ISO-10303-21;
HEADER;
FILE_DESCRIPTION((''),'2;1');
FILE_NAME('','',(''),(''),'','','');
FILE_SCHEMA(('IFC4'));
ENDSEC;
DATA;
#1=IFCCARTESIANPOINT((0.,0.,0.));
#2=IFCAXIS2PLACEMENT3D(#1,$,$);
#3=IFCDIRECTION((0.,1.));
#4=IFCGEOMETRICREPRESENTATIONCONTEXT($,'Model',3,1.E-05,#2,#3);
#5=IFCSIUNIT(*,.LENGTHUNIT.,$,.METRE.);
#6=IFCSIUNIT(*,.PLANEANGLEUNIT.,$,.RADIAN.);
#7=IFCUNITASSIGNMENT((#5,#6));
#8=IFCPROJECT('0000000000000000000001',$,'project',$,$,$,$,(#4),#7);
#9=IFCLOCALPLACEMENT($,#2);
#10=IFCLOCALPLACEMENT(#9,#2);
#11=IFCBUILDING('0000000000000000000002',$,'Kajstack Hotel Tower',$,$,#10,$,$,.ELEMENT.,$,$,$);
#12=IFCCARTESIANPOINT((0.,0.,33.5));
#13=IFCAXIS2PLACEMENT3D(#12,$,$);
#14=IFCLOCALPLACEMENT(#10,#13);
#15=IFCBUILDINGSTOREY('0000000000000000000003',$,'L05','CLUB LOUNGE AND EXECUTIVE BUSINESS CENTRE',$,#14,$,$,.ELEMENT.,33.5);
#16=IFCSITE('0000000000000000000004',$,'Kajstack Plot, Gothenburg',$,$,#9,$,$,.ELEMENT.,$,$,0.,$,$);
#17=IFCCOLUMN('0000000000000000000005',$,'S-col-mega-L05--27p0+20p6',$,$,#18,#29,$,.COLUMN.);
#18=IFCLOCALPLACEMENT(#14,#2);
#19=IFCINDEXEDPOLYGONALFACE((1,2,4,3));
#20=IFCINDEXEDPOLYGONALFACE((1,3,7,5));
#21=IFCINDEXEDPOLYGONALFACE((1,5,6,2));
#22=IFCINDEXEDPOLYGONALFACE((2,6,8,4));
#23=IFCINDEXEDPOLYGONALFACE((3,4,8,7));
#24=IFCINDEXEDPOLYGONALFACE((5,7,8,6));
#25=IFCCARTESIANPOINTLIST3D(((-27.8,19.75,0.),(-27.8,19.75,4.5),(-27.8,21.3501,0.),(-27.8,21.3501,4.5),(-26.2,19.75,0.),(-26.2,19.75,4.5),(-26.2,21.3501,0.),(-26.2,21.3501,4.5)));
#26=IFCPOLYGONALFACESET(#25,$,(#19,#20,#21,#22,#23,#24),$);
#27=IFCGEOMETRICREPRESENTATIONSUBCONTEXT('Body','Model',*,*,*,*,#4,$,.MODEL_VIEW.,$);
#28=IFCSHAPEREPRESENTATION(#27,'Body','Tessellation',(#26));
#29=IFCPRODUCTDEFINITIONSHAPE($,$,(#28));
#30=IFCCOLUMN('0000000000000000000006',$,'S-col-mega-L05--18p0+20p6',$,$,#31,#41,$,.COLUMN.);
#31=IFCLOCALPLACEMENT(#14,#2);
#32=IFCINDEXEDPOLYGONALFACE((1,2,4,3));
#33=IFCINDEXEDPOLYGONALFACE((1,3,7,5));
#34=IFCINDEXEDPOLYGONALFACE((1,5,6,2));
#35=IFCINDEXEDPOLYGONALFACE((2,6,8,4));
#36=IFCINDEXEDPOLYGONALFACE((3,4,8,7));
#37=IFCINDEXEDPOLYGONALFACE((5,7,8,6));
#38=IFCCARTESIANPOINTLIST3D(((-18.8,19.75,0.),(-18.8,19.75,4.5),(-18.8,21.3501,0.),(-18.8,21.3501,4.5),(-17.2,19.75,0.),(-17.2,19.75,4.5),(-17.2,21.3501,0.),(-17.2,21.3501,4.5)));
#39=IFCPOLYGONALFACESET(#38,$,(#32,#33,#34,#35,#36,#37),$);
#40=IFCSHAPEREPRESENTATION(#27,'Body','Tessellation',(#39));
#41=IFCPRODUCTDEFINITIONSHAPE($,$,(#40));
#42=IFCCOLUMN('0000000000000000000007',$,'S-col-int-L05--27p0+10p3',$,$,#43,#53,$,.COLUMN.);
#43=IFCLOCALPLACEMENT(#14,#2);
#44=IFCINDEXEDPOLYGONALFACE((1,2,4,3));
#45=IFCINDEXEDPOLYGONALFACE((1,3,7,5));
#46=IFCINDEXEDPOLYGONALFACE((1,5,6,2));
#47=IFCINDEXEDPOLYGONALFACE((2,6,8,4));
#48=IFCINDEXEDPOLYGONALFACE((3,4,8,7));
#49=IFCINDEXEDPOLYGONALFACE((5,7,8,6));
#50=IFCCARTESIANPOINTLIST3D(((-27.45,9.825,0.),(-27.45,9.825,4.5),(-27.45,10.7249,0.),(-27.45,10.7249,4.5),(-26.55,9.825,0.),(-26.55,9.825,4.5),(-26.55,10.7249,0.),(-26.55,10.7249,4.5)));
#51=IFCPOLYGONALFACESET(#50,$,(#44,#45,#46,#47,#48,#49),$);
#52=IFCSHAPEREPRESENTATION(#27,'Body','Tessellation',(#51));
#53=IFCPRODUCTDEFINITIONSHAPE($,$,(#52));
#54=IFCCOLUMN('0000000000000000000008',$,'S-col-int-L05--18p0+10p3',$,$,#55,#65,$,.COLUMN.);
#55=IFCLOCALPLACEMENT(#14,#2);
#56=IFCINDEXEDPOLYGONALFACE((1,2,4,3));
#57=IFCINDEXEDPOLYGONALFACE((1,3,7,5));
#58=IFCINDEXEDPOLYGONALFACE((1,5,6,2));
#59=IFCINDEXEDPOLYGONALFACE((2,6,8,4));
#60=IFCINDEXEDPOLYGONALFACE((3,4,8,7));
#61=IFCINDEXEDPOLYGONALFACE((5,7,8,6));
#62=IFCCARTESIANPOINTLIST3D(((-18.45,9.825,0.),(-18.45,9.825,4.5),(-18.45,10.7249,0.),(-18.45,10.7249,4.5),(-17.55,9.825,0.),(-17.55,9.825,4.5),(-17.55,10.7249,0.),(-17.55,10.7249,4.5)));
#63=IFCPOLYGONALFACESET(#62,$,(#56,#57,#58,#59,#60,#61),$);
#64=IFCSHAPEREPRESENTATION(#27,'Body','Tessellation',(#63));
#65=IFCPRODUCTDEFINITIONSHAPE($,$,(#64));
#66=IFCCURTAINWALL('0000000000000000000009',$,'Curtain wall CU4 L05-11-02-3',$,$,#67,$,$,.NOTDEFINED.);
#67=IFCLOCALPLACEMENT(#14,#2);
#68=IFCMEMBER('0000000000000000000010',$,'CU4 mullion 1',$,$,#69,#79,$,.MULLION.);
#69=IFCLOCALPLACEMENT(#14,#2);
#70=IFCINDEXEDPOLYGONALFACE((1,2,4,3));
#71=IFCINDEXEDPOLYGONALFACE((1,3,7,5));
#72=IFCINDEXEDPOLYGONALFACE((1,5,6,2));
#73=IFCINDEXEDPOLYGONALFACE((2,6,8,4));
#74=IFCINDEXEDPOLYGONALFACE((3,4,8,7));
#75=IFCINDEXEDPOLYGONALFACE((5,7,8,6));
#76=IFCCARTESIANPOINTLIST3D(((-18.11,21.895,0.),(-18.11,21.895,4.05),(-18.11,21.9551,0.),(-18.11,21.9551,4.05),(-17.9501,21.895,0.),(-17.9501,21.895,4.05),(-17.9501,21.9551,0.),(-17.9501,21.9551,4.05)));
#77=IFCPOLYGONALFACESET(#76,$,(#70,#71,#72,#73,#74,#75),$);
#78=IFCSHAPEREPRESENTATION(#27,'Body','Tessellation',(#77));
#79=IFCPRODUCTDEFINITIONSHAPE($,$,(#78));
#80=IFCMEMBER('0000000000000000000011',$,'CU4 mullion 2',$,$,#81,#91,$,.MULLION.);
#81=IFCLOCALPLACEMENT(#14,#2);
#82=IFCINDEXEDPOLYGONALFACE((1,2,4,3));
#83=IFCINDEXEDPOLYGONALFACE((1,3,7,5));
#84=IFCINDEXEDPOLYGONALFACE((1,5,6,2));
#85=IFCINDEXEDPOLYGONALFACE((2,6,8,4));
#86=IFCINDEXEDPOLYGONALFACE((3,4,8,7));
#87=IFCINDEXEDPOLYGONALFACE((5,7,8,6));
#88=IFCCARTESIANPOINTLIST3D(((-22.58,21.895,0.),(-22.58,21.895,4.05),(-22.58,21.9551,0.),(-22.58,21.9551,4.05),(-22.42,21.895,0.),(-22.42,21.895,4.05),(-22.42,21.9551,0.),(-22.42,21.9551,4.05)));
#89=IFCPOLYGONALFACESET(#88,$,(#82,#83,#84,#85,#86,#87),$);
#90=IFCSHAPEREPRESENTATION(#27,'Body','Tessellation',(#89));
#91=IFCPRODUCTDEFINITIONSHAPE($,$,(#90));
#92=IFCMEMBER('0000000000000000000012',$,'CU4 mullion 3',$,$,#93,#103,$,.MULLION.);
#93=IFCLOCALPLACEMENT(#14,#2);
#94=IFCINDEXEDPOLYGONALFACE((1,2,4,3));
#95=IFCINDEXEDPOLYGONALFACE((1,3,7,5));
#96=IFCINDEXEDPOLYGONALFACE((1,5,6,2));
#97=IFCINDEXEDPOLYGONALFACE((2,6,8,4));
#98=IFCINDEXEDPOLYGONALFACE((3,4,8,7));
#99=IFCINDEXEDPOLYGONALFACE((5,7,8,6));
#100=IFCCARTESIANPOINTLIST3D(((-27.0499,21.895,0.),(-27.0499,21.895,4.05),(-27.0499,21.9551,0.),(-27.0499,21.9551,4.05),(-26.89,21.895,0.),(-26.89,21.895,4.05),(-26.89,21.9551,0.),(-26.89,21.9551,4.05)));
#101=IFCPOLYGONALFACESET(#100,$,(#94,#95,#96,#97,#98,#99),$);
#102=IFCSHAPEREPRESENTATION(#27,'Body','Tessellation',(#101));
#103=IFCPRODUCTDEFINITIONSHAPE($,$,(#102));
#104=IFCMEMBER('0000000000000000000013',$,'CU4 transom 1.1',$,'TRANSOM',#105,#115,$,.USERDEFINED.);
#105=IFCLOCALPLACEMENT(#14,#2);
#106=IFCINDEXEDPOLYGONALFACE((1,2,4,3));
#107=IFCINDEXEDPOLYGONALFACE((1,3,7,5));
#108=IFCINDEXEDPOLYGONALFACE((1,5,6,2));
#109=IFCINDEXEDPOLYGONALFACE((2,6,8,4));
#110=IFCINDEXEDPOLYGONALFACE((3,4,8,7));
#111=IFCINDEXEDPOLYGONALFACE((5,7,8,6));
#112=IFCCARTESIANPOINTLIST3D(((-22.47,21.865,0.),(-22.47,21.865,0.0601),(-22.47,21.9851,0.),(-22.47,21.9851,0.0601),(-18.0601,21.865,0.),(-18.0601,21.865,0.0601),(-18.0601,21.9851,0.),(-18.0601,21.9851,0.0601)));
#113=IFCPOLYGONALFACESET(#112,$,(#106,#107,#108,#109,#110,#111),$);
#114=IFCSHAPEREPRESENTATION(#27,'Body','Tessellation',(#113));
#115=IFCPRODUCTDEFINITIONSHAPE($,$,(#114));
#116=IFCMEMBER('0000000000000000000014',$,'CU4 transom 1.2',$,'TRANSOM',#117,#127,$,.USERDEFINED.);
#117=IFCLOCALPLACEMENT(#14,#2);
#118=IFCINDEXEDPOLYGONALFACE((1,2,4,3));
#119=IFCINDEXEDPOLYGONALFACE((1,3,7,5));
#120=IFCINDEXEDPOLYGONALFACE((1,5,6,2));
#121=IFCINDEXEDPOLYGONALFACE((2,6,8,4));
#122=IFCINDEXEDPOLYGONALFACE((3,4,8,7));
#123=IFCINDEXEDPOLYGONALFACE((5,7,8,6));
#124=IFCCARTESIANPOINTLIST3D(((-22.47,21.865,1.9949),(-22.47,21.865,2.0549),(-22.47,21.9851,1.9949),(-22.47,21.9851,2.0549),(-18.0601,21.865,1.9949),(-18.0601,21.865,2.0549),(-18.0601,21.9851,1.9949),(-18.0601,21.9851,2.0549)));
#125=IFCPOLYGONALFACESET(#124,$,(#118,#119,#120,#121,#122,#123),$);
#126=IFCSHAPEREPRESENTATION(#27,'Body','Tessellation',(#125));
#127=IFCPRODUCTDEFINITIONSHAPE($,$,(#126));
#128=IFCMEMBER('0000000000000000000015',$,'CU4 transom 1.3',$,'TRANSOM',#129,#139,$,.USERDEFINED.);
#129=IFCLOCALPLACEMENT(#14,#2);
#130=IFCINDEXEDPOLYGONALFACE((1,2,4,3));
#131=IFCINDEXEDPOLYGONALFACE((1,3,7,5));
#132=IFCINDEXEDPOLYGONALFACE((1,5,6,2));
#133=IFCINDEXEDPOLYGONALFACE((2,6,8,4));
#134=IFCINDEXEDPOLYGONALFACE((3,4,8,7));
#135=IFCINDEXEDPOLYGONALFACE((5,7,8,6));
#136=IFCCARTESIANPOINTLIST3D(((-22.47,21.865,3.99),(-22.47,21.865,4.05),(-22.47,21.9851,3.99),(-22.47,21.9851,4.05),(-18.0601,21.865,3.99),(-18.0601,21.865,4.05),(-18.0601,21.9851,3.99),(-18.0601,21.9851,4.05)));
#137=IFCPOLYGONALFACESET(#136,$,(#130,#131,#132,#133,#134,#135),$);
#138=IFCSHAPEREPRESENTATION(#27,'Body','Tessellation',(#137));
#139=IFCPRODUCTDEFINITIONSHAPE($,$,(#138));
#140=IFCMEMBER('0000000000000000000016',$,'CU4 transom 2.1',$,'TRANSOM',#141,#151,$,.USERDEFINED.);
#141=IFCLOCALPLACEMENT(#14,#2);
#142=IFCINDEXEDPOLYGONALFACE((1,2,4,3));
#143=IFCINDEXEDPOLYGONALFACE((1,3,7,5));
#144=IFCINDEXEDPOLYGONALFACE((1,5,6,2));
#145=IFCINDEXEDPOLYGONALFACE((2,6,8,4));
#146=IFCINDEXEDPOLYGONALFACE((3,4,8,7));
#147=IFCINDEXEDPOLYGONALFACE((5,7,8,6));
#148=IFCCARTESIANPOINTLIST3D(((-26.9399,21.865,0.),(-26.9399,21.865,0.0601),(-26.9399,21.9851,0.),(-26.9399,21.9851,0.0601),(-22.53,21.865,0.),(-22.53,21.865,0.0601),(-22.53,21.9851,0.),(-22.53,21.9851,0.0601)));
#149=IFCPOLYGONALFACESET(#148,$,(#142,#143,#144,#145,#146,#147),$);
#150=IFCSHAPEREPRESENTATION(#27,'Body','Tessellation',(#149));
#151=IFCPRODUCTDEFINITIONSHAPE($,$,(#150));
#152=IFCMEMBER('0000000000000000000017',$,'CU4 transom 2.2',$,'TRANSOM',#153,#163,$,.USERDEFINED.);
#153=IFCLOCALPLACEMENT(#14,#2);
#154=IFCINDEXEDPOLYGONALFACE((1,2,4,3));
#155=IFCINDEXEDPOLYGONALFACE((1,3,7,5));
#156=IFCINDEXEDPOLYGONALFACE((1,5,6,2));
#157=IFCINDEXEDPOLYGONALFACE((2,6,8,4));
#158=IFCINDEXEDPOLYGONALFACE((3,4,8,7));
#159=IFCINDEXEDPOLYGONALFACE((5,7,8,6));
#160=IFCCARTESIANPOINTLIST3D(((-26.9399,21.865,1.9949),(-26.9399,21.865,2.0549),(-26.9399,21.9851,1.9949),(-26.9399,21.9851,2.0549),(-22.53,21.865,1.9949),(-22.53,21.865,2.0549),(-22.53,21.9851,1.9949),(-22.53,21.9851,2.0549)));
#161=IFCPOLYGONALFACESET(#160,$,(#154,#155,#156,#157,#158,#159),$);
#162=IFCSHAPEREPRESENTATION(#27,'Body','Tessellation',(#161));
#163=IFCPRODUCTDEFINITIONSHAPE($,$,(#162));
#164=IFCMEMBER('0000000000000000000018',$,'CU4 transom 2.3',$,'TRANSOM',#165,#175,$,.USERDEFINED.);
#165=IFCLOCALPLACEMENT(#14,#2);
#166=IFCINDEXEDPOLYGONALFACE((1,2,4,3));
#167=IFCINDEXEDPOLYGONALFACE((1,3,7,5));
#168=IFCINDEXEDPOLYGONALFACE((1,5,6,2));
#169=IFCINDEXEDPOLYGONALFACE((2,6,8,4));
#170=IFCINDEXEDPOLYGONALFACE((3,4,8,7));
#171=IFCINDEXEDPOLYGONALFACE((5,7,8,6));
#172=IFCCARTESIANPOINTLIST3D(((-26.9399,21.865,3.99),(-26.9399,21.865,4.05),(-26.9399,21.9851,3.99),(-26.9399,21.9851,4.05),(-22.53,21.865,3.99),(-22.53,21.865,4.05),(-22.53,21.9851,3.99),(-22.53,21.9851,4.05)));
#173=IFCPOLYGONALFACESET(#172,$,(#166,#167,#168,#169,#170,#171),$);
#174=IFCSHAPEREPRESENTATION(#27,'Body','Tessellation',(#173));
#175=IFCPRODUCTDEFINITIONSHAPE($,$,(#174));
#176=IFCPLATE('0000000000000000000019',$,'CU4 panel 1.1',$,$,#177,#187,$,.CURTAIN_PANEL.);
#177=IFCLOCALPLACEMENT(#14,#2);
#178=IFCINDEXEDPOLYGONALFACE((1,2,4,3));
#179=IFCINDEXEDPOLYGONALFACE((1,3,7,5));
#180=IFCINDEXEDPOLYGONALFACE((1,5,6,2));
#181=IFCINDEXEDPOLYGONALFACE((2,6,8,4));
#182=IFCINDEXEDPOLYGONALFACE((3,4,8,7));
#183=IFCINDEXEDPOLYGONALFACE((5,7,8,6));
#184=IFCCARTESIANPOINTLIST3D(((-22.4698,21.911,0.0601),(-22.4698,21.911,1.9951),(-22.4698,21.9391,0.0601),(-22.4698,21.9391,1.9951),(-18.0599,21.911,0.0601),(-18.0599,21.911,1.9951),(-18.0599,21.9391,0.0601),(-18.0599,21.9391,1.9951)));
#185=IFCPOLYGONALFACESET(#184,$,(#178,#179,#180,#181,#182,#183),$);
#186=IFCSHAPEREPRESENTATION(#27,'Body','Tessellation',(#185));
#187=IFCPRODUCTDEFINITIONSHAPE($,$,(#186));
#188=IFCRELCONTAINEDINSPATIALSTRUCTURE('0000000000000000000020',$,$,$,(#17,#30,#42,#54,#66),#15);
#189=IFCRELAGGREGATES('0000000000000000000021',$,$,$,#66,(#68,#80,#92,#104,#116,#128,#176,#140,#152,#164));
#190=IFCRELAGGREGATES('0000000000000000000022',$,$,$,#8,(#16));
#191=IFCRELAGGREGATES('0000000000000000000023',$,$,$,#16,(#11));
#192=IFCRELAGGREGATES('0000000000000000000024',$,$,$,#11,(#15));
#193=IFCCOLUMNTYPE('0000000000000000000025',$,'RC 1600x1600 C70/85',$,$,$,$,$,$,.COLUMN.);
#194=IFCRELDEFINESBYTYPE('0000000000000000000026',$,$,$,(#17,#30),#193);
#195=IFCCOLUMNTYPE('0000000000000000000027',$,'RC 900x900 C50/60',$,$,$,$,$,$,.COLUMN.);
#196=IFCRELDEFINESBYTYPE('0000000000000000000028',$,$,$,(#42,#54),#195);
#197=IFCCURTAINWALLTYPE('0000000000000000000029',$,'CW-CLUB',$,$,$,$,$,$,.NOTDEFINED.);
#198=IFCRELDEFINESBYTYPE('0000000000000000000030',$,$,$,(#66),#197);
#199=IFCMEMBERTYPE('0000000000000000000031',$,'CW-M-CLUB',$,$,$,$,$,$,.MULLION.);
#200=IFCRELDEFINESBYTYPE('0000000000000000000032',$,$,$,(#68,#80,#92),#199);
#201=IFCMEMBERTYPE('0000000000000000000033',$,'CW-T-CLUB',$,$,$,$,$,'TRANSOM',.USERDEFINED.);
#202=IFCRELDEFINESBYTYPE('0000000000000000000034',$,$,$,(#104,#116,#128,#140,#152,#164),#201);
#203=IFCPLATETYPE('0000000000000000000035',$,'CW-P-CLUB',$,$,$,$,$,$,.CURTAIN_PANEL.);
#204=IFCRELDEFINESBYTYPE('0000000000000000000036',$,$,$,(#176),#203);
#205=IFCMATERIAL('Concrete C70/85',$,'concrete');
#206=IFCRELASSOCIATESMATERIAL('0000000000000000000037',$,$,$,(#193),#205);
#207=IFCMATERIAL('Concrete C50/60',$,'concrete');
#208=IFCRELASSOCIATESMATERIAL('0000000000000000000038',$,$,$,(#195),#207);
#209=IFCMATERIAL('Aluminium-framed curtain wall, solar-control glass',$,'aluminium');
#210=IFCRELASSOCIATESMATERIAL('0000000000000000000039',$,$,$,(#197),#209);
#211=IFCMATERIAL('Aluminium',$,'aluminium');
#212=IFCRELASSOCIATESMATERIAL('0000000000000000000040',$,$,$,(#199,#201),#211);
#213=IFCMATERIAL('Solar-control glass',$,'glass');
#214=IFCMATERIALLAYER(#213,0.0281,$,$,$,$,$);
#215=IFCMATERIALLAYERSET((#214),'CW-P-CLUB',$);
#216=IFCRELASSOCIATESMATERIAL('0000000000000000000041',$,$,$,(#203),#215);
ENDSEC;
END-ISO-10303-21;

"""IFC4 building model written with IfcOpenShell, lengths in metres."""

from ifc_helpers import new_model, si_unit, direction, frame, origin, origin_2d, place, context, subcontext, project, spatial, rectangle, extrude, material, layer, layer_set, material_profile, profile_set, type_object, element, aggregate, save


model = new_model("IFC4")

# Units and contexts
model_context = context("Model", 3, precision=1e-05, world=origin(), true_north=direction((0.0, 1.0)))
body_context = subcontext(model_context, "Body", "Model", "MODEL_VIEW")
ifc_project = project(units=[si_unit("LENGTHUNIT", "METRE"), si_unit("PLANEANGLEUNIT", "RADIAN")], contexts=[model_context])

# Site, building, storey
site_placement = place(None, origin())
site = spatial("IfcSite", under=ifc_project, at=site_placement, Name="Kajstack Plot, Gothenburg", CompositionType="ELEMENT", RefElevation=0.0)
building_placement = place(site_placement, origin())
building = spatial("IfcBuilding", under=site, at=building_placement, Name="Kajstack Hotel Tower", CompositionType="ELEMENT")
storey_placement = place(building_placement, frame((0.0, 0.0, 33.5)))
storey = spatial("IfcBuildingStorey", under=building, at=storey_placement, Name="L05", Description="CLUB LOUNGE AND EXECUTIVE BUSINESS CENTRE", CompositionType="ELEMENT", Elevation=33.5)

# Columns
ifc_material_1 = material(Name="Concrete C70/85", Category="concrete")
ifc_material_profile_1 = material_profile(ifc_material_1, rectangle(XDim=1.6001, YDim=1.6001, at=origin_2d()), Name="RC 1600x1600")
ifc_profile_set_1 = profile_set([ifc_material_profile_1], Name="Concrete C70/85")
column_type_1 = type_object("IfcColumnType", Name="RC 1600x1600 C70/85", PredefinedType="COLUMN", material=ifc_profile_set_1)
for number, where, z_axis, x_axis, name in (
    (1, (-27.0, 20.55, 0.0), (0.0, 0.0, 1.0), (1.0, 0.0, 0.0), "S-col-mega-L05--27p0+20p6"),
    (2, (-18.0, 20.55, 0.0), (0.0, 0.0, 1.0), (1.0, 0.0, 0.0), "S-col-mega-L05--18p0+20p6"),
):
    element("IfcColumn", number, at=place(storey_placement, frame(where, z_axis=z_axis, x_axis=x_axis)), inside=storey, type_object=column_type_1, Name=name, PredefinedType="COLUMN", context=body_context, shape_type="SweptSolid", body=[
        extrude(rectangle(XDim=1.6001, YDim=1.6001, at=origin_2d()), origin(), (0.0, 0.0, 1.0), 4.5),
    ])
ifc_material_2 = material(Name="Concrete C50/60", Category="concrete")
ifc_material_profile_2 = material_profile(ifc_material_2, rectangle(XDim=0.8999, YDim=0.8999, at=origin_2d()), Name="RC 900x900")
ifc_profile_set_2 = profile_set([ifc_material_profile_2], Name="Concrete C50/60")
column_type_2 = type_object("IfcColumnType", Name="RC 900x900 C50/60", PredefinedType="COLUMN", material=ifc_profile_set_2)
for number, where, z_axis, x_axis, name in (
    (3, (-27.0, 10.2749, 0.0), (0.0, 0.0, 1.0), (1.0, 0.0, 0.0), "S-col-int-L05--27p0+10p3"),
    (4, (-18.0, 10.2749, 0.0), (0.0, 0.0, 1.0), (1.0, 0.0, 0.0), "S-col-int-L05--18p0+10p3"),
):
    element("IfcColumn", number, at=place(storey_placement, frame(where, z_axis=z_axis, x_axis=x_axis)), inside=storey, type_object=column_type_2, Name=name, PredefinedType="COLUMN", context=body_context, shape_type="SweptSolid", body=[
        extrude(rectangle(XDim=0.8999, YDim=0.8999, at=origin_2d()), origin(), (0.0, 0.0, 1.0), 4.5),
    ])

# Curtain wall, members, plate
ifc_material_3 = material(Name="Aluminium-framed curtain wall, solar-control glass", Category="aluminium")
curtain_wall_type = type_object("IfcCurtainWallType", Name="CW-CLUB", PredefinedType="NOTDEFINED", material=ifc_material_3)
curtain_wall_placement = place(storey_placement, origin())
curtain_wall = element("IfcCurtainWall", 5, at=curtain_wall_placement, inside=storey, type_object=curtain_wall_type, Name="Curtain wall CU4 L05-11-02-3", PredefinedType="NOTDEFINED")
ifc_material_4 = material(Name="Aluminium", Category="aluminium")
ifc_material_profile_3 = material_profile(ifc_material_4, rectangle(XDim=0.0601, YDim=0.1599, at=origin_2d()), Name="Aluminium mullion 60 x 160")
ifc_profile_set_3 = profile_set([ifc_material_profile_3], Name="Aluminium")
member_type_1 = type_object("IfcMemberType", Name="CW-M-CLUB", PredefinedType="MULLION", material=ifc_profile_set_3)
member_1_placement = place(storey_placement, frame((-18.03, 21.925, 0.0), z_axis=(0.0, 0.0, 1.0), x_axis=(0.0, -1.0, 0.0)))
member_1 = element("IfcMember", 6, at=member_1_placement, type_object=member_type_1, Name="CU4 mullion 1", PredefinedType="MULLION", context=body_context, shape_type="SweptSolid", body=[
    extrude(rectangle(XDim=0.0601, YDim=0.1599, at=origin_2d()), origin(), (0.0, 0.0, 1.0), 4.05),
])
member_2_placement = place(storey_placement, frame((-22.5, 21.925, 0.0), z_axis=(0.0, 0.0, 1.0), x_axis=(0.0, -1.0, 0.0)))
member_2 = element("IfcMember", 7, at=member_2_placement, type_object=member_type_1, Name="CU4 mullion 2", PredefinedType="MULLION", context=body_context, shape_type="SweptSolid", body=[
    extrude(rectangle(XDim=0.0601, YDim=0.1599, at=origin_2d()), origin(), (0.0, 0.0, 1.0), 4.05),
])
member_3_placement = place(storey_placement, frame((-26.97, 21.925, 0.0), z_axis=(0.0, 0.0, 1.0), x_axis=(0.0, -1.0, 0.0)))
member_3 = element("IfcMember", 8, at=member_3_placement, type_object=member_type_1, Name="CU4 mullion 3", PredefinedType="MULLION", context=body_context, shape_type="SweptSolid", body=[
    extrude(rectangle(XDim=0.0601, YDim=0.1599, at=origin_2d()), origin(), (0.0, 0.0, 1.0), 4.05),
])
ifc_material_profile_4 = material_profile(ifc_material_4, rectangle(XDim=0.1201, YDim=0.0601, at=origin_2d()), Name="Aluminium transom 120 x 60")
ifc_profile_set_4 = profile_set([ifc_material_profile_4], Name="Aluminium")
member_type_2 = type_object("IfcMemberType", Name="CW-T-CLUB", ElementType="TRANSOM", PredefinedType="USERDEFINED", material=ifc_profile_set_4)
member_4_placement = place(storey_placement, frame((-18.0601, 21.925, 0.03), z_axis=(-1.0, 0.0, 0.0), x_axis=(0.0, -1.0, 0.0)))
member_4 = element("IfcMember", 9, at=member_4_placement, type_object=member_type_2, Name="CU4 transom 1.1", ObjectType="TRANSOM", PredefinedType="USERDEFINED", context=body_context, shape_type="SweptSolid", body=[
    extrude(rectangle(XDim=0.1201, YDim=0.0601, at=origin_2d()), origin(), (0.0, 0.0, 1.0), 4.4099),
])
member_5_placement = place(storey_placement, frame((-18.0601, 21.925, 2.0249), z_axis=(-1.0, 0.0, 0.0), x_axis=(0.0, -1.0, 0.0)))
member_5 = element("IfcMember", 10, at=member_5_placement, type_object=member_type_2, Name="CU4 transom 1.2", ObjectType="TRANSOM", PredefinedType="USERDEFINED", context=body_context, shape_type="SweptSolid", body=[
    extrude(rectangle(XDim=0.1201, YDim=0.0601, at=origin_2d()), origin(), (0.0, 0.0, 1.0), 4.4099),
])
member_6_placement = place(storey_placement, frame((-18.0601, 21.925, 4.02), z_axis=(-1.0, 0.0, 0.0), x_axis=(0.0, -1.0, 0.0)))
member_6 = element("IfcMember", 11, at=member_6_placement, type_object=member_type_2, Name="CU4 transom 1.3", ObjectType="TRANSOM", PredefinedType="USERDEFINED", context=body_context, shape_type="SweptSolid", body=[
    extrude(rectangle(XDim=0.1201, YDim=0.0601, at=origin_2d()), origin(), (0.0, 0.0, 1.0), 4.4099),
])
member_7_placement = place(storey_placement, frame((-22.53, 21.925, 0.03), z_axis=(-1.0, 0.0, 0.0), x_axis=(0.0, -1.0, 0.0)))
member_7 = element("IfcMember", 12, at=member_7_placement, type_object=member_type_2, Name="CU4 transom 2.1", ObjectType="TRANSOM", PredefinedType="USERDEFINED", context=body_context, shape_type="SweptSolid", body=[
    extrude(rectangle(XDim=0.1201, YDim=0.0601, at=origin_2d()), origin(), (0.0, 0.0, 1.0), 4.4099),
])
member_8_placement = place(storey_placement, frame((-22.53, 21.925, 2.0249), z_axis=(-1.0, 0.0, 0.0), x_axis=(0.0, -1.0, 0.0)))
member_8 = element("IfcMember", 13, at=member_8_placement, type_object=member_type_2, Name="CU4 transom 2.2", ObjectType="TRANSOM", PredefinedType="USERDEFINED", context=body_context, shape_type="SweptSolid", body=[
    extrude(rectangle(XDim=0.1201, YDim=0.0601, at=origin_2d()), origin(), (0.0, 0.0, 1.0), 4.4099),
])
member_9_placement = place(storey_placement, frame((-22.53, 21.925, 4.02), z_axis=(-1.0, 0.0, 0.0), x_axis=(0.0, -1.0, 0.0)))
member_9 = element("IfcMember", 14, at=member_9_placement, type_object=member_type_2, Name="CU4 transom 2.3", ObjectType="TRANSOM", PredefinedType="USERDEFINED", context=body_context, shape_type="SweptSolid", body=[
    extrude(rectangle(XDim=0.1201, YDim=0.0601, at=origin_2d()), origin(), (0.0, 0.0, 1.0), 4.4099),
])
ifc_material_5 = material(Name="Solar-control glass", Category="glass")
ifc_layer_1 = layer(ifc_material_5, 0.0281)
ifc_layer_set_1 = layer_set([ifc_layer_1], Name="CW-P-CLUB")
plate_type = type_object("IfcPlateType", Name="CW-P-CLUB", PredefinedType="CURTAIN_PANEL", material=ifc_layer_set_1)
plate_1_placement = place(storey_placement, frame((-20.2649, 21.925, 0.0601), z_axis=(0.0, 0.0, 1.0), x_axis=(-1.0, 0.0, 0.0)))
plate_1 = element("IfcPlate", 15, at=plate_1_placement, type_object=plate_type, Name="CU4 panel 1.1", PredefinedType="CURTAIN_PANEL", context=body_context, shape_type="SweptSolid", body=[
    extrude(rectangle(XDim=4.4099, YDim=0.0281, at=origin_2d()), origin(), (0.0, 0.0, 1.0), 1.9351),
])
aggregate(curtain_wall, [member_1, member_2, member_3, member_4, member_5, member_6, plate_1, member_7, member_8, member_9])

save(model, "model.ifc")
